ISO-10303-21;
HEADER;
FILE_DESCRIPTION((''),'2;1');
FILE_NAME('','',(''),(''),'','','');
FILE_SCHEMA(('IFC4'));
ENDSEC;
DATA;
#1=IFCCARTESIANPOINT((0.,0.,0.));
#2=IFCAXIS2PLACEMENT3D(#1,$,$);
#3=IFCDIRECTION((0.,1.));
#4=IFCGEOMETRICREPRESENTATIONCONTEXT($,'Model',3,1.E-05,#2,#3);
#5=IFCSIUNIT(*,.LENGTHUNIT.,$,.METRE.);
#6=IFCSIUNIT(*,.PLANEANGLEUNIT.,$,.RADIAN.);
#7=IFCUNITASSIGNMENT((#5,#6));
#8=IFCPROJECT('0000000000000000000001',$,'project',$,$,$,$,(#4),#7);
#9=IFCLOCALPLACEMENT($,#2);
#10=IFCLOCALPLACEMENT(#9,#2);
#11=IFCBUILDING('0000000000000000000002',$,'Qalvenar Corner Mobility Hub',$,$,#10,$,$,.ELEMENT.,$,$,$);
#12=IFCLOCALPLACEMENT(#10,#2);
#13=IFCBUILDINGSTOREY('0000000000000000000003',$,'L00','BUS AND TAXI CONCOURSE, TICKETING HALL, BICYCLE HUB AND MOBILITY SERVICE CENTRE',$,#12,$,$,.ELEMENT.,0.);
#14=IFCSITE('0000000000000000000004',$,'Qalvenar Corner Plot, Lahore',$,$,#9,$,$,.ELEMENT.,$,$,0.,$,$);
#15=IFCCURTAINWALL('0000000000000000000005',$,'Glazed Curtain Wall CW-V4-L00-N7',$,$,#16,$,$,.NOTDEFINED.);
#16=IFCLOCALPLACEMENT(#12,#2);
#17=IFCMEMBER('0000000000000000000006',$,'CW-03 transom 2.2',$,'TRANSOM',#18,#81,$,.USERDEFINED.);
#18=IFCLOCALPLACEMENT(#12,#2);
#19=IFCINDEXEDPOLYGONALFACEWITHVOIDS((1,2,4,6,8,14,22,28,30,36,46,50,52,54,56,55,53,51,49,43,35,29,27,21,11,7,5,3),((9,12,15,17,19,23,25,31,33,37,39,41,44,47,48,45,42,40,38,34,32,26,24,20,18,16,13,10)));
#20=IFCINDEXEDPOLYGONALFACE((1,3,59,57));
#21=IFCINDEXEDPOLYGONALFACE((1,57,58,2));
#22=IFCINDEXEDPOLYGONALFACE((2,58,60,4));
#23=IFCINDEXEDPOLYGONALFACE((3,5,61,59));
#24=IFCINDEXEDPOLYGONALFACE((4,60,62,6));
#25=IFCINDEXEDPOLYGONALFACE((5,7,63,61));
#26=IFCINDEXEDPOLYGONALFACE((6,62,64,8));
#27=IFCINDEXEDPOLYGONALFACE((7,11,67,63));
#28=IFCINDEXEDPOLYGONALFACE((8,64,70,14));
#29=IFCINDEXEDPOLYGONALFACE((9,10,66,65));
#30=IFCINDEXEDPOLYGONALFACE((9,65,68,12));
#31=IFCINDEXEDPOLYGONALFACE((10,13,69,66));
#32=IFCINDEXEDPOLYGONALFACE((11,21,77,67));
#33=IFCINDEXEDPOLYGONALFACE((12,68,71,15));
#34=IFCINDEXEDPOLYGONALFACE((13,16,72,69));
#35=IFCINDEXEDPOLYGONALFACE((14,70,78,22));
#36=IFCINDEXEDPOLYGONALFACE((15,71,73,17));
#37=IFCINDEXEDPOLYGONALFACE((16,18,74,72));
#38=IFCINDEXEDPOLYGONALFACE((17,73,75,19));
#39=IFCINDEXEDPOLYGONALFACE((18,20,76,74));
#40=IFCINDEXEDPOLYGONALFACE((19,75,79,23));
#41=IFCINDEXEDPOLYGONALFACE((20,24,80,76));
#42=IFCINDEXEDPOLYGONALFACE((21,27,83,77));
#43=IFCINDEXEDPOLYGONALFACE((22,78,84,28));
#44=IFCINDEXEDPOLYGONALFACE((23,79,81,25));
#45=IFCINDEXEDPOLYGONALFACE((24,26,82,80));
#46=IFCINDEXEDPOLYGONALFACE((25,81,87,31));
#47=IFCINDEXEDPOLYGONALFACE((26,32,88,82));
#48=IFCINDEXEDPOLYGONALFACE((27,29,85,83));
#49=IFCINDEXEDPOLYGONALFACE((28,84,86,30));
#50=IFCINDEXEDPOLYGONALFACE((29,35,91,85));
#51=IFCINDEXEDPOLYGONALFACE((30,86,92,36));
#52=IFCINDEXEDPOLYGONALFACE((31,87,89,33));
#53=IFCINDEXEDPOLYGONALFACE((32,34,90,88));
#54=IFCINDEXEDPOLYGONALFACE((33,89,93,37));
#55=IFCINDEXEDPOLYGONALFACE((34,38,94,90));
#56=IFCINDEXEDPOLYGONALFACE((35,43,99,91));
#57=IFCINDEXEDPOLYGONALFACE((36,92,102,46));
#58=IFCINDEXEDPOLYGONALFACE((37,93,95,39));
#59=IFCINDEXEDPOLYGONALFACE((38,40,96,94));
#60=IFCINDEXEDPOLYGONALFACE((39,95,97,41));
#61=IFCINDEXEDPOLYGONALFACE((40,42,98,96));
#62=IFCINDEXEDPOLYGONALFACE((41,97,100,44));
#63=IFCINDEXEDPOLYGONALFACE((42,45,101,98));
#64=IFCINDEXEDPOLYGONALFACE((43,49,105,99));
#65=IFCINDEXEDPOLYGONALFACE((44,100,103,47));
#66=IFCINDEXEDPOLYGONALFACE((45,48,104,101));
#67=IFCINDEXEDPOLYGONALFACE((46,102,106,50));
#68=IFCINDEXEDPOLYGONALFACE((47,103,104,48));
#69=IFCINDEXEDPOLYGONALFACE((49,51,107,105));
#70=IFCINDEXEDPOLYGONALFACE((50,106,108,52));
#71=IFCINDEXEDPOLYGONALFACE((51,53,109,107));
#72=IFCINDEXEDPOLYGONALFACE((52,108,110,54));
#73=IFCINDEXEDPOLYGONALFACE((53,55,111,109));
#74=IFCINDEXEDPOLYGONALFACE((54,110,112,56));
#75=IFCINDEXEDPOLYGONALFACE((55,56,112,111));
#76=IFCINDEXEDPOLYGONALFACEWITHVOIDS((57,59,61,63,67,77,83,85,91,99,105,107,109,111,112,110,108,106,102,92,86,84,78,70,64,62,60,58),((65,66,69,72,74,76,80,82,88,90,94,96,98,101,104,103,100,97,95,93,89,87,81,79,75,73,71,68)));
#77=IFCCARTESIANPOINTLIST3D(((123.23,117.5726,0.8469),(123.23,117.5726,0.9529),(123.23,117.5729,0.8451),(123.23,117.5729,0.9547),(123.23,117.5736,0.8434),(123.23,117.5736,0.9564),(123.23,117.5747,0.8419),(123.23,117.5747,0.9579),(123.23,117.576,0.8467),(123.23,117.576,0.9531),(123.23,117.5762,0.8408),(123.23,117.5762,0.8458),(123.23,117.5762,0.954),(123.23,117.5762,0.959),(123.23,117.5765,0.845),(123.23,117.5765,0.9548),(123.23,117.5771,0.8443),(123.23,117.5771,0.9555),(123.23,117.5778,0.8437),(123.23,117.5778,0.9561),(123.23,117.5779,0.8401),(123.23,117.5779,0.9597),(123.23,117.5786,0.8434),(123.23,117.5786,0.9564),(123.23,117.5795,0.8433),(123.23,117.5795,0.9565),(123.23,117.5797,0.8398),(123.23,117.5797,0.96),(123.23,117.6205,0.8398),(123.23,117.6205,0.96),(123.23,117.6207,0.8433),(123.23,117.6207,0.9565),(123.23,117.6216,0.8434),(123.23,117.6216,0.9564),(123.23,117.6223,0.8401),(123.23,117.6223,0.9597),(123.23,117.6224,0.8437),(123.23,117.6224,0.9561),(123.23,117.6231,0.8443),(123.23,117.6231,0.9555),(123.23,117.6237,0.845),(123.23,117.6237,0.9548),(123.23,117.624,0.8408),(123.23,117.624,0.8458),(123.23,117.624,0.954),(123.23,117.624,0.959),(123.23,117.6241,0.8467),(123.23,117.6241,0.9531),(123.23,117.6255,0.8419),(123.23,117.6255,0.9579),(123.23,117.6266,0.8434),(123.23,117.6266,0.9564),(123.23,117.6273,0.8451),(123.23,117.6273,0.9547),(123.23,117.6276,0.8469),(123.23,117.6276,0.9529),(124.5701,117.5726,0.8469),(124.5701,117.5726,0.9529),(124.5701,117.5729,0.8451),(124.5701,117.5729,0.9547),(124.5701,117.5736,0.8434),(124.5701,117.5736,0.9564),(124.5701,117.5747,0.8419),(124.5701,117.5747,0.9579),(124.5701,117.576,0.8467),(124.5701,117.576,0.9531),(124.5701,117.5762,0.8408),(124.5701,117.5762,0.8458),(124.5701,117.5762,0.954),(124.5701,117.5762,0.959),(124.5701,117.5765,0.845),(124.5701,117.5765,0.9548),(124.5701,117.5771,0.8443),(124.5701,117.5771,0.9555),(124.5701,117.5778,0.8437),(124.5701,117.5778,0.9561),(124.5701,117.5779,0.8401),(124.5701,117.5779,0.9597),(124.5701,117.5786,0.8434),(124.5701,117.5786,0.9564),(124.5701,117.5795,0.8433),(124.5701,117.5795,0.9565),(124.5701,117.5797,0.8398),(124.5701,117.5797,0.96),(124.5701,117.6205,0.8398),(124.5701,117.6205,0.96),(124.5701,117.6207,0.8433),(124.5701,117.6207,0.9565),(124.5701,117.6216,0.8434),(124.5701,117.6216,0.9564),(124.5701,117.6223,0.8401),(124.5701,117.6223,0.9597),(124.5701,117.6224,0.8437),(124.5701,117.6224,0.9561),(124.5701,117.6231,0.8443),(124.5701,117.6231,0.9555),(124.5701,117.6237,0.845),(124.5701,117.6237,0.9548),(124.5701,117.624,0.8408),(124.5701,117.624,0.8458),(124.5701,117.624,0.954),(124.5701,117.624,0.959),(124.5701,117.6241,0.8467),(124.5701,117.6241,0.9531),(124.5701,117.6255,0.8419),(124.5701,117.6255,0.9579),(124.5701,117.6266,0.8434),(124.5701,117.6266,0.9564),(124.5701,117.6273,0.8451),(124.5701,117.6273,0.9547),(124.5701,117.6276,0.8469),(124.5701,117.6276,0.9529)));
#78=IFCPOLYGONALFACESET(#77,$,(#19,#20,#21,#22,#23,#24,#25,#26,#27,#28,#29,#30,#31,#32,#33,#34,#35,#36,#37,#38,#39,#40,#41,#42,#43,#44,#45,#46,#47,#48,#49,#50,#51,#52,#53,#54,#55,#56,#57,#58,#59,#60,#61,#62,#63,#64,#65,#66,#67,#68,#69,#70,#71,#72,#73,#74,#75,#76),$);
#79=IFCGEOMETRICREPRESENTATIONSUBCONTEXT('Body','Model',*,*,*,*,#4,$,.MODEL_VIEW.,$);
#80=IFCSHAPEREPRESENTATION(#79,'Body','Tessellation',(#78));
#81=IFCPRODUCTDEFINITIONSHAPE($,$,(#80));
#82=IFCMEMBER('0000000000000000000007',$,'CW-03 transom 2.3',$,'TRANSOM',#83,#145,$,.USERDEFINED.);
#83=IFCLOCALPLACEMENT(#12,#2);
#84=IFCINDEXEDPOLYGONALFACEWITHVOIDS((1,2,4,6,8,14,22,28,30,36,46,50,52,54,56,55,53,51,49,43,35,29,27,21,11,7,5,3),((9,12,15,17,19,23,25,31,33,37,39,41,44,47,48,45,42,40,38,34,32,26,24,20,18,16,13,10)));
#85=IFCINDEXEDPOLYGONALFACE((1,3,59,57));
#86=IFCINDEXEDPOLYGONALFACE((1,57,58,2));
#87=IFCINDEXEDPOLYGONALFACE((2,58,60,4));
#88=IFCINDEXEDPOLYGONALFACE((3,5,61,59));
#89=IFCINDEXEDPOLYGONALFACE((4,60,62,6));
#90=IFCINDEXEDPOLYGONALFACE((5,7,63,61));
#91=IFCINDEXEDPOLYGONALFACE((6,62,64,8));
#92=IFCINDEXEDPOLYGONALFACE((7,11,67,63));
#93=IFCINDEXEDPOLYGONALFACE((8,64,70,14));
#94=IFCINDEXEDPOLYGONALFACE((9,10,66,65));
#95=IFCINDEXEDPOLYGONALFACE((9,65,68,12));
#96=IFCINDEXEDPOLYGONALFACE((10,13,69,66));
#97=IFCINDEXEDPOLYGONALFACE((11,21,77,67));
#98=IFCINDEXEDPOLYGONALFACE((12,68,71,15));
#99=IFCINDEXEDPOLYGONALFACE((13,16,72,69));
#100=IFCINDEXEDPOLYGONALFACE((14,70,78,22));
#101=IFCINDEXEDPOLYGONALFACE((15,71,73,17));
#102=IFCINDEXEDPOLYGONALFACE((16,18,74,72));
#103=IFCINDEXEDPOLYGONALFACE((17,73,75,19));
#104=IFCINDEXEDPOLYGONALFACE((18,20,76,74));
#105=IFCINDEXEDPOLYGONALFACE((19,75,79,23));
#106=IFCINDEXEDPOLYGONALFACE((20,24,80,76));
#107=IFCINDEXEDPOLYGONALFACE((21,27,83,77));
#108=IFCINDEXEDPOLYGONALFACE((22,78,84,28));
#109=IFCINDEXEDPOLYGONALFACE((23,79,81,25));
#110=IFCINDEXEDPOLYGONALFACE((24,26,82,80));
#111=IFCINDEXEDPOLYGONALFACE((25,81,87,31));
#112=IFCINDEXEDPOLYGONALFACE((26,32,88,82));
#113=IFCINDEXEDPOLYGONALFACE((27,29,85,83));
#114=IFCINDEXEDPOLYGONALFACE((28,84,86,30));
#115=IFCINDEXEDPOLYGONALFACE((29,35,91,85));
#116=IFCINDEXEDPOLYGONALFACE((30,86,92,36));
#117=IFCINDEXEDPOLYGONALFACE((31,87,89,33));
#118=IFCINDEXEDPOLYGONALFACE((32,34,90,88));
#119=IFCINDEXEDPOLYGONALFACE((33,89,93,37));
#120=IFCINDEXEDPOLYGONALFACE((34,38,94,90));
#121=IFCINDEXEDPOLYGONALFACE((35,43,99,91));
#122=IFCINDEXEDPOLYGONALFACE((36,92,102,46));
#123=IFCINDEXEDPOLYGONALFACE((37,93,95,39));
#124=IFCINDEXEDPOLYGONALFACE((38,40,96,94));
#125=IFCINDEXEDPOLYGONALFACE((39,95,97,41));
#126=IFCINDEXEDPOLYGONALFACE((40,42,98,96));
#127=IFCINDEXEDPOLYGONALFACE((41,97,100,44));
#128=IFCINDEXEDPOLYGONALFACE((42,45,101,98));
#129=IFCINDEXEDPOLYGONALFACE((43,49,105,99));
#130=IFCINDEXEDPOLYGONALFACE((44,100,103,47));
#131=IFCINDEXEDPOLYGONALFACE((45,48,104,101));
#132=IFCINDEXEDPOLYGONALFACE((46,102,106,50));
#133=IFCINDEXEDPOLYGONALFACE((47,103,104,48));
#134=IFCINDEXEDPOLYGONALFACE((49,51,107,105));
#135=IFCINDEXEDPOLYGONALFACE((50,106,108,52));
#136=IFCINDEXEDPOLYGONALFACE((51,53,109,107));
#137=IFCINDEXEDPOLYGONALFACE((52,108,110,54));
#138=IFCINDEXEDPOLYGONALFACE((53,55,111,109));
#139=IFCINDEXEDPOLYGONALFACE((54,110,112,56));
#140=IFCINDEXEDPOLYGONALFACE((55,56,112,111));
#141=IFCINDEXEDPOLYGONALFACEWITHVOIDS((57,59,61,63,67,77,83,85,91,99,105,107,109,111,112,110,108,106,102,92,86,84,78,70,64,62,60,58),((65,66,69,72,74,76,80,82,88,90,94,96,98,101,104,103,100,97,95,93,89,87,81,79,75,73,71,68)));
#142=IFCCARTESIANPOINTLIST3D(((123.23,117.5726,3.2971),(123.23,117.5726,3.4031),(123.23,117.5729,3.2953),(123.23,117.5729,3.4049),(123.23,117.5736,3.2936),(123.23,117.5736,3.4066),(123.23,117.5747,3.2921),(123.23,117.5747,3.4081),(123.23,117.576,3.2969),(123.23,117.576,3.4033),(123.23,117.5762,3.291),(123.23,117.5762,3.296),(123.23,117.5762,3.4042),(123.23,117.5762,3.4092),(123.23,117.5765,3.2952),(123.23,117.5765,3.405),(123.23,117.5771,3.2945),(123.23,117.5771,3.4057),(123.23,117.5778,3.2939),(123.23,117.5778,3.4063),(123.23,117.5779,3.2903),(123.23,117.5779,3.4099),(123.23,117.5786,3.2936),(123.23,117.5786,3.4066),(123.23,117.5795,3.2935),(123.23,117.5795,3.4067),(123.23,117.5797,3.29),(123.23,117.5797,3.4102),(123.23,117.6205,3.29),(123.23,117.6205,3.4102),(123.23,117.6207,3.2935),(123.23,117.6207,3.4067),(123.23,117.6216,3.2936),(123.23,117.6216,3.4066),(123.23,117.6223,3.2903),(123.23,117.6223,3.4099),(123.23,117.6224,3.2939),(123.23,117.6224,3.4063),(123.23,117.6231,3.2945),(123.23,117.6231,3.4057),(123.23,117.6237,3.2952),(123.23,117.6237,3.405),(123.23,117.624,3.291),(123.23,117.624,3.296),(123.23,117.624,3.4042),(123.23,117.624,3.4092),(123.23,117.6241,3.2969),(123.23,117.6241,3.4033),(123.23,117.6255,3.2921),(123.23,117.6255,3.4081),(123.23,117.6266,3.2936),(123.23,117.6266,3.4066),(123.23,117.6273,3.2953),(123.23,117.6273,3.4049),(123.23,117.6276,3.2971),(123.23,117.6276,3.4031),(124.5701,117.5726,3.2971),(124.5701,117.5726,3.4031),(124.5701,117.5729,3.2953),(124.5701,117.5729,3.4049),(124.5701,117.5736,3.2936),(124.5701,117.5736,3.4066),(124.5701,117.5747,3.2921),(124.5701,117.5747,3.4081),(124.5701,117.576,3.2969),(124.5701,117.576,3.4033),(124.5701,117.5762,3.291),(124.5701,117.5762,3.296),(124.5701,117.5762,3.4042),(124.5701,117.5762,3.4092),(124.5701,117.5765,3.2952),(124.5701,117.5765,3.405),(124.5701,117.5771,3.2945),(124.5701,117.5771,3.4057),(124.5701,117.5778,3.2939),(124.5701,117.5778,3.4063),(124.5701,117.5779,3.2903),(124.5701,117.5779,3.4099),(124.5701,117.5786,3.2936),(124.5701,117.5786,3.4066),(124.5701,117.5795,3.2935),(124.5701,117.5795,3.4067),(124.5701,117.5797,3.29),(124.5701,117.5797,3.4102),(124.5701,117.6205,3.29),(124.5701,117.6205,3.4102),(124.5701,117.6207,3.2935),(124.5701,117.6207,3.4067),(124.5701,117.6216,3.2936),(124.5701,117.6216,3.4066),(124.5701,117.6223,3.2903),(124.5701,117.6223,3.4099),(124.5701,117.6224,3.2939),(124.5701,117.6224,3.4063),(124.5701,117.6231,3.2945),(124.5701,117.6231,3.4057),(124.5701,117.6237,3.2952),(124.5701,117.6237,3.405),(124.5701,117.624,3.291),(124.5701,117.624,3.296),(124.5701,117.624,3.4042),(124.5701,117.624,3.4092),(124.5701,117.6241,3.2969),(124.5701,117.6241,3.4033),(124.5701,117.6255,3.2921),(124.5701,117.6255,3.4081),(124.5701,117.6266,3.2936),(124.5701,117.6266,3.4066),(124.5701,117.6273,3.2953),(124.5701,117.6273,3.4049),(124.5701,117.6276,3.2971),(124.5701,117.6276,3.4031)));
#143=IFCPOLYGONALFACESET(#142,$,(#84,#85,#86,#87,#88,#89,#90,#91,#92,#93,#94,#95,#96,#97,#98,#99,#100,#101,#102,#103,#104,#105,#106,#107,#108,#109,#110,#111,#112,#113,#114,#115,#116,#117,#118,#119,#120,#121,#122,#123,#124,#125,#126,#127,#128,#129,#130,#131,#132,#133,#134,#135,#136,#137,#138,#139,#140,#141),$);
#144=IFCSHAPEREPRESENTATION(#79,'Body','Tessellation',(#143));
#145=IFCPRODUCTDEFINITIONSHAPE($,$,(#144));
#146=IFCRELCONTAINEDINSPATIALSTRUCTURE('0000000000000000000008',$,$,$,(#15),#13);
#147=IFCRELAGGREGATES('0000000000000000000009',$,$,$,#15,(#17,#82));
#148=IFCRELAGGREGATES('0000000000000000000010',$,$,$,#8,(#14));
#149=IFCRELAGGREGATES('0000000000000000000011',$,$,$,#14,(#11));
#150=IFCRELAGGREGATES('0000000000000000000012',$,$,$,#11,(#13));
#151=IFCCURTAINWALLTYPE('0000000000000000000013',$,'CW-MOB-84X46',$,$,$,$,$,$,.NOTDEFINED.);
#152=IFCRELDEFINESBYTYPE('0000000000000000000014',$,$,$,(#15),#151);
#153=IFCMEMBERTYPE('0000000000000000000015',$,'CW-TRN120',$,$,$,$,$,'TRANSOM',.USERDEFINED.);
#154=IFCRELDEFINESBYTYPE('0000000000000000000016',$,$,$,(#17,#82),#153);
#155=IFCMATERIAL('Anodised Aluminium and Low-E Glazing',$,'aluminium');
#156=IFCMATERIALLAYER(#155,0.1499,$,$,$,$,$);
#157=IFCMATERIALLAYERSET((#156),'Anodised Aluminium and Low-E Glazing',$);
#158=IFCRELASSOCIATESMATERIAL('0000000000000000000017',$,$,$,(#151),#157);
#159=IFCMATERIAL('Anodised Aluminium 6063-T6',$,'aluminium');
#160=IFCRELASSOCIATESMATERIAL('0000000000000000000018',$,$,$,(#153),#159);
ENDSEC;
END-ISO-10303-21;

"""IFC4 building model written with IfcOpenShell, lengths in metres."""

from ifc_helpers import new_model, si_unit, direction, frame, origin, origin_2d, place, context, subcontext, project, spatial, hollow_rectangle, extrude, material, layer, layer_set, material_profile, profile_set, type_object, element, aggregate, save


model = new_model("IFC4")

# Units and contexts
model_context = context("Model", 3, precision=1e-05, world=origin(), true_north=direction((0.0, 1.0)))
body_context = subcontext(model_context, "Body", "Model", "MODEL_VIEW")
ifc_project = project(units=[si_unit("LENGTHUNIT", "METRE"), si_unit("PLANEANGLEUNIT", "RADIAN")], contexts=[model_context])

# Site, building, storey
site_placement = place(None, origin())
site = spatial("IfcSite", under=ifc_project, at=site_placement, Name="Qalvenar Corner Plot, Lahore", CompositionType="ELEMENT", RefElevation=0.0)
building_placement = place(site_placement, origin())
building = spatial("IfcBuilding", under=site, at=building_placement, Name="Qalvenar Corner Mobility Hub", CompositionType="ELEMENT")
storey_placement = place(building_placement, origin())
storey = spatial("IfcBuildingStorey", under=building, at=storey_placement, Name="L00", Description="BUS AND TAXI CONCOURSE, TICKETING HALL, BICYCLE HUB AND MOBILITY SERVICE CENTRE", CompositionType="ELEMENT", Elevation=0.0)

# Curtain wall, members
ifc_material_1 = material(Name="Anodised Aluminium and Low-E Glazing", Category="aluminium")
ifc_layer_1 = layer(ifc_material_1, 0.1499)
ifc_layer_set_1 = layer_set([ifc_layer_1], Name="Anodised Aluminium and Low-E Glazing")
curtain_wall_type = type_object("IfcCurtainWallType", Name="CW-MOB-84X46", PredefinedType="NOTDEFINED", material=ifc_layer_set_1)
curtain_wall_placement = place(storey_placement, origin())
curtain_wall = element("IfcCurtainWall", 1, at=curtain_wall_placement, inside=storey, type_object=curtain_wall_type, Name="Glazed Curtain Wall CW-V4-L00-N7", PredefinedType="NOTDEFINED")
ifc_material_2 = material(Name="Anodised Aluminium 6063-T6", Category="aluminium")
ifc_material_profile_1 = material_profile(ifc_material_2, hollow_rectangle(XDim=0.0549, YDim=0.1201, WallThickness=0.0034, InnerFilletRadius=0.0034, OuterFilletRadius=0.0071, at=origin_2d()), Name="RHS120x55x3.5")
ifc_profile_set_1 = profile_set([ifc_material_profile_1], Name="Anodised Aluminium 6063-T6")
member_type_1 = type_object("IfcMemberType", Name="CW-TRN120", ElementType="TRANSOM", PredefinedType="USERDEFINED", material=ifc_profile_set_1)
member_1_placement = place(storey_placement, frame((124.5701, 117.6001, 0.8999), z_axis=(-1.0, 0.0, 0.0), x_axis=(0.0, -1.0, 0.0)))
member_1 = element("IfcMember", 2, at=member_1_placement, type_object=member_type_1, Name="CW-03 transom 2.2", ObjectType="TRANSOM", PredefinedType="USERDEFINED", context=body_context, shape_type="SweptSolid", body=[
    extrude(hollow_rectangle(XDim=0.0549, YDim=0.1201, WallThickness=0.0034, InnerFilletRadius=0.0034, OuterFilletRadius=0.0071, at=origin_2d()), origin(), (0.0, 0.0, 1.0), 1.3401),
])
member_2_placement = place(storey_placement, frame((124.5701, 117.6001, 3.3501), z_axis=(-1.0, 0.0, 0.0), x_axis=(0.0, -1.0, 0.0)))
member_2 = element("IfcMember", 3, at=member_2_placement, type_object=member_type_1, Name="CW-03 transom 2.3", ObjectType="TRANSOM", PredefinedType="USERDEFINED", context=body_context, shape_type="SweptSolid", body=[
    extrude(hollow_rectangle(XDim=0.0549, YDim=0.1201, WallThickness=0.0034, InnerFilletRadius=0.0034, OuterFilletRadius=0.0071, at=origin_2d()), origin(), (0.0, 0.0, 1.0), 1.3401),
])
aggregate(curtain_wall, [member_1, member_2])

save(model, "model.ifc")
